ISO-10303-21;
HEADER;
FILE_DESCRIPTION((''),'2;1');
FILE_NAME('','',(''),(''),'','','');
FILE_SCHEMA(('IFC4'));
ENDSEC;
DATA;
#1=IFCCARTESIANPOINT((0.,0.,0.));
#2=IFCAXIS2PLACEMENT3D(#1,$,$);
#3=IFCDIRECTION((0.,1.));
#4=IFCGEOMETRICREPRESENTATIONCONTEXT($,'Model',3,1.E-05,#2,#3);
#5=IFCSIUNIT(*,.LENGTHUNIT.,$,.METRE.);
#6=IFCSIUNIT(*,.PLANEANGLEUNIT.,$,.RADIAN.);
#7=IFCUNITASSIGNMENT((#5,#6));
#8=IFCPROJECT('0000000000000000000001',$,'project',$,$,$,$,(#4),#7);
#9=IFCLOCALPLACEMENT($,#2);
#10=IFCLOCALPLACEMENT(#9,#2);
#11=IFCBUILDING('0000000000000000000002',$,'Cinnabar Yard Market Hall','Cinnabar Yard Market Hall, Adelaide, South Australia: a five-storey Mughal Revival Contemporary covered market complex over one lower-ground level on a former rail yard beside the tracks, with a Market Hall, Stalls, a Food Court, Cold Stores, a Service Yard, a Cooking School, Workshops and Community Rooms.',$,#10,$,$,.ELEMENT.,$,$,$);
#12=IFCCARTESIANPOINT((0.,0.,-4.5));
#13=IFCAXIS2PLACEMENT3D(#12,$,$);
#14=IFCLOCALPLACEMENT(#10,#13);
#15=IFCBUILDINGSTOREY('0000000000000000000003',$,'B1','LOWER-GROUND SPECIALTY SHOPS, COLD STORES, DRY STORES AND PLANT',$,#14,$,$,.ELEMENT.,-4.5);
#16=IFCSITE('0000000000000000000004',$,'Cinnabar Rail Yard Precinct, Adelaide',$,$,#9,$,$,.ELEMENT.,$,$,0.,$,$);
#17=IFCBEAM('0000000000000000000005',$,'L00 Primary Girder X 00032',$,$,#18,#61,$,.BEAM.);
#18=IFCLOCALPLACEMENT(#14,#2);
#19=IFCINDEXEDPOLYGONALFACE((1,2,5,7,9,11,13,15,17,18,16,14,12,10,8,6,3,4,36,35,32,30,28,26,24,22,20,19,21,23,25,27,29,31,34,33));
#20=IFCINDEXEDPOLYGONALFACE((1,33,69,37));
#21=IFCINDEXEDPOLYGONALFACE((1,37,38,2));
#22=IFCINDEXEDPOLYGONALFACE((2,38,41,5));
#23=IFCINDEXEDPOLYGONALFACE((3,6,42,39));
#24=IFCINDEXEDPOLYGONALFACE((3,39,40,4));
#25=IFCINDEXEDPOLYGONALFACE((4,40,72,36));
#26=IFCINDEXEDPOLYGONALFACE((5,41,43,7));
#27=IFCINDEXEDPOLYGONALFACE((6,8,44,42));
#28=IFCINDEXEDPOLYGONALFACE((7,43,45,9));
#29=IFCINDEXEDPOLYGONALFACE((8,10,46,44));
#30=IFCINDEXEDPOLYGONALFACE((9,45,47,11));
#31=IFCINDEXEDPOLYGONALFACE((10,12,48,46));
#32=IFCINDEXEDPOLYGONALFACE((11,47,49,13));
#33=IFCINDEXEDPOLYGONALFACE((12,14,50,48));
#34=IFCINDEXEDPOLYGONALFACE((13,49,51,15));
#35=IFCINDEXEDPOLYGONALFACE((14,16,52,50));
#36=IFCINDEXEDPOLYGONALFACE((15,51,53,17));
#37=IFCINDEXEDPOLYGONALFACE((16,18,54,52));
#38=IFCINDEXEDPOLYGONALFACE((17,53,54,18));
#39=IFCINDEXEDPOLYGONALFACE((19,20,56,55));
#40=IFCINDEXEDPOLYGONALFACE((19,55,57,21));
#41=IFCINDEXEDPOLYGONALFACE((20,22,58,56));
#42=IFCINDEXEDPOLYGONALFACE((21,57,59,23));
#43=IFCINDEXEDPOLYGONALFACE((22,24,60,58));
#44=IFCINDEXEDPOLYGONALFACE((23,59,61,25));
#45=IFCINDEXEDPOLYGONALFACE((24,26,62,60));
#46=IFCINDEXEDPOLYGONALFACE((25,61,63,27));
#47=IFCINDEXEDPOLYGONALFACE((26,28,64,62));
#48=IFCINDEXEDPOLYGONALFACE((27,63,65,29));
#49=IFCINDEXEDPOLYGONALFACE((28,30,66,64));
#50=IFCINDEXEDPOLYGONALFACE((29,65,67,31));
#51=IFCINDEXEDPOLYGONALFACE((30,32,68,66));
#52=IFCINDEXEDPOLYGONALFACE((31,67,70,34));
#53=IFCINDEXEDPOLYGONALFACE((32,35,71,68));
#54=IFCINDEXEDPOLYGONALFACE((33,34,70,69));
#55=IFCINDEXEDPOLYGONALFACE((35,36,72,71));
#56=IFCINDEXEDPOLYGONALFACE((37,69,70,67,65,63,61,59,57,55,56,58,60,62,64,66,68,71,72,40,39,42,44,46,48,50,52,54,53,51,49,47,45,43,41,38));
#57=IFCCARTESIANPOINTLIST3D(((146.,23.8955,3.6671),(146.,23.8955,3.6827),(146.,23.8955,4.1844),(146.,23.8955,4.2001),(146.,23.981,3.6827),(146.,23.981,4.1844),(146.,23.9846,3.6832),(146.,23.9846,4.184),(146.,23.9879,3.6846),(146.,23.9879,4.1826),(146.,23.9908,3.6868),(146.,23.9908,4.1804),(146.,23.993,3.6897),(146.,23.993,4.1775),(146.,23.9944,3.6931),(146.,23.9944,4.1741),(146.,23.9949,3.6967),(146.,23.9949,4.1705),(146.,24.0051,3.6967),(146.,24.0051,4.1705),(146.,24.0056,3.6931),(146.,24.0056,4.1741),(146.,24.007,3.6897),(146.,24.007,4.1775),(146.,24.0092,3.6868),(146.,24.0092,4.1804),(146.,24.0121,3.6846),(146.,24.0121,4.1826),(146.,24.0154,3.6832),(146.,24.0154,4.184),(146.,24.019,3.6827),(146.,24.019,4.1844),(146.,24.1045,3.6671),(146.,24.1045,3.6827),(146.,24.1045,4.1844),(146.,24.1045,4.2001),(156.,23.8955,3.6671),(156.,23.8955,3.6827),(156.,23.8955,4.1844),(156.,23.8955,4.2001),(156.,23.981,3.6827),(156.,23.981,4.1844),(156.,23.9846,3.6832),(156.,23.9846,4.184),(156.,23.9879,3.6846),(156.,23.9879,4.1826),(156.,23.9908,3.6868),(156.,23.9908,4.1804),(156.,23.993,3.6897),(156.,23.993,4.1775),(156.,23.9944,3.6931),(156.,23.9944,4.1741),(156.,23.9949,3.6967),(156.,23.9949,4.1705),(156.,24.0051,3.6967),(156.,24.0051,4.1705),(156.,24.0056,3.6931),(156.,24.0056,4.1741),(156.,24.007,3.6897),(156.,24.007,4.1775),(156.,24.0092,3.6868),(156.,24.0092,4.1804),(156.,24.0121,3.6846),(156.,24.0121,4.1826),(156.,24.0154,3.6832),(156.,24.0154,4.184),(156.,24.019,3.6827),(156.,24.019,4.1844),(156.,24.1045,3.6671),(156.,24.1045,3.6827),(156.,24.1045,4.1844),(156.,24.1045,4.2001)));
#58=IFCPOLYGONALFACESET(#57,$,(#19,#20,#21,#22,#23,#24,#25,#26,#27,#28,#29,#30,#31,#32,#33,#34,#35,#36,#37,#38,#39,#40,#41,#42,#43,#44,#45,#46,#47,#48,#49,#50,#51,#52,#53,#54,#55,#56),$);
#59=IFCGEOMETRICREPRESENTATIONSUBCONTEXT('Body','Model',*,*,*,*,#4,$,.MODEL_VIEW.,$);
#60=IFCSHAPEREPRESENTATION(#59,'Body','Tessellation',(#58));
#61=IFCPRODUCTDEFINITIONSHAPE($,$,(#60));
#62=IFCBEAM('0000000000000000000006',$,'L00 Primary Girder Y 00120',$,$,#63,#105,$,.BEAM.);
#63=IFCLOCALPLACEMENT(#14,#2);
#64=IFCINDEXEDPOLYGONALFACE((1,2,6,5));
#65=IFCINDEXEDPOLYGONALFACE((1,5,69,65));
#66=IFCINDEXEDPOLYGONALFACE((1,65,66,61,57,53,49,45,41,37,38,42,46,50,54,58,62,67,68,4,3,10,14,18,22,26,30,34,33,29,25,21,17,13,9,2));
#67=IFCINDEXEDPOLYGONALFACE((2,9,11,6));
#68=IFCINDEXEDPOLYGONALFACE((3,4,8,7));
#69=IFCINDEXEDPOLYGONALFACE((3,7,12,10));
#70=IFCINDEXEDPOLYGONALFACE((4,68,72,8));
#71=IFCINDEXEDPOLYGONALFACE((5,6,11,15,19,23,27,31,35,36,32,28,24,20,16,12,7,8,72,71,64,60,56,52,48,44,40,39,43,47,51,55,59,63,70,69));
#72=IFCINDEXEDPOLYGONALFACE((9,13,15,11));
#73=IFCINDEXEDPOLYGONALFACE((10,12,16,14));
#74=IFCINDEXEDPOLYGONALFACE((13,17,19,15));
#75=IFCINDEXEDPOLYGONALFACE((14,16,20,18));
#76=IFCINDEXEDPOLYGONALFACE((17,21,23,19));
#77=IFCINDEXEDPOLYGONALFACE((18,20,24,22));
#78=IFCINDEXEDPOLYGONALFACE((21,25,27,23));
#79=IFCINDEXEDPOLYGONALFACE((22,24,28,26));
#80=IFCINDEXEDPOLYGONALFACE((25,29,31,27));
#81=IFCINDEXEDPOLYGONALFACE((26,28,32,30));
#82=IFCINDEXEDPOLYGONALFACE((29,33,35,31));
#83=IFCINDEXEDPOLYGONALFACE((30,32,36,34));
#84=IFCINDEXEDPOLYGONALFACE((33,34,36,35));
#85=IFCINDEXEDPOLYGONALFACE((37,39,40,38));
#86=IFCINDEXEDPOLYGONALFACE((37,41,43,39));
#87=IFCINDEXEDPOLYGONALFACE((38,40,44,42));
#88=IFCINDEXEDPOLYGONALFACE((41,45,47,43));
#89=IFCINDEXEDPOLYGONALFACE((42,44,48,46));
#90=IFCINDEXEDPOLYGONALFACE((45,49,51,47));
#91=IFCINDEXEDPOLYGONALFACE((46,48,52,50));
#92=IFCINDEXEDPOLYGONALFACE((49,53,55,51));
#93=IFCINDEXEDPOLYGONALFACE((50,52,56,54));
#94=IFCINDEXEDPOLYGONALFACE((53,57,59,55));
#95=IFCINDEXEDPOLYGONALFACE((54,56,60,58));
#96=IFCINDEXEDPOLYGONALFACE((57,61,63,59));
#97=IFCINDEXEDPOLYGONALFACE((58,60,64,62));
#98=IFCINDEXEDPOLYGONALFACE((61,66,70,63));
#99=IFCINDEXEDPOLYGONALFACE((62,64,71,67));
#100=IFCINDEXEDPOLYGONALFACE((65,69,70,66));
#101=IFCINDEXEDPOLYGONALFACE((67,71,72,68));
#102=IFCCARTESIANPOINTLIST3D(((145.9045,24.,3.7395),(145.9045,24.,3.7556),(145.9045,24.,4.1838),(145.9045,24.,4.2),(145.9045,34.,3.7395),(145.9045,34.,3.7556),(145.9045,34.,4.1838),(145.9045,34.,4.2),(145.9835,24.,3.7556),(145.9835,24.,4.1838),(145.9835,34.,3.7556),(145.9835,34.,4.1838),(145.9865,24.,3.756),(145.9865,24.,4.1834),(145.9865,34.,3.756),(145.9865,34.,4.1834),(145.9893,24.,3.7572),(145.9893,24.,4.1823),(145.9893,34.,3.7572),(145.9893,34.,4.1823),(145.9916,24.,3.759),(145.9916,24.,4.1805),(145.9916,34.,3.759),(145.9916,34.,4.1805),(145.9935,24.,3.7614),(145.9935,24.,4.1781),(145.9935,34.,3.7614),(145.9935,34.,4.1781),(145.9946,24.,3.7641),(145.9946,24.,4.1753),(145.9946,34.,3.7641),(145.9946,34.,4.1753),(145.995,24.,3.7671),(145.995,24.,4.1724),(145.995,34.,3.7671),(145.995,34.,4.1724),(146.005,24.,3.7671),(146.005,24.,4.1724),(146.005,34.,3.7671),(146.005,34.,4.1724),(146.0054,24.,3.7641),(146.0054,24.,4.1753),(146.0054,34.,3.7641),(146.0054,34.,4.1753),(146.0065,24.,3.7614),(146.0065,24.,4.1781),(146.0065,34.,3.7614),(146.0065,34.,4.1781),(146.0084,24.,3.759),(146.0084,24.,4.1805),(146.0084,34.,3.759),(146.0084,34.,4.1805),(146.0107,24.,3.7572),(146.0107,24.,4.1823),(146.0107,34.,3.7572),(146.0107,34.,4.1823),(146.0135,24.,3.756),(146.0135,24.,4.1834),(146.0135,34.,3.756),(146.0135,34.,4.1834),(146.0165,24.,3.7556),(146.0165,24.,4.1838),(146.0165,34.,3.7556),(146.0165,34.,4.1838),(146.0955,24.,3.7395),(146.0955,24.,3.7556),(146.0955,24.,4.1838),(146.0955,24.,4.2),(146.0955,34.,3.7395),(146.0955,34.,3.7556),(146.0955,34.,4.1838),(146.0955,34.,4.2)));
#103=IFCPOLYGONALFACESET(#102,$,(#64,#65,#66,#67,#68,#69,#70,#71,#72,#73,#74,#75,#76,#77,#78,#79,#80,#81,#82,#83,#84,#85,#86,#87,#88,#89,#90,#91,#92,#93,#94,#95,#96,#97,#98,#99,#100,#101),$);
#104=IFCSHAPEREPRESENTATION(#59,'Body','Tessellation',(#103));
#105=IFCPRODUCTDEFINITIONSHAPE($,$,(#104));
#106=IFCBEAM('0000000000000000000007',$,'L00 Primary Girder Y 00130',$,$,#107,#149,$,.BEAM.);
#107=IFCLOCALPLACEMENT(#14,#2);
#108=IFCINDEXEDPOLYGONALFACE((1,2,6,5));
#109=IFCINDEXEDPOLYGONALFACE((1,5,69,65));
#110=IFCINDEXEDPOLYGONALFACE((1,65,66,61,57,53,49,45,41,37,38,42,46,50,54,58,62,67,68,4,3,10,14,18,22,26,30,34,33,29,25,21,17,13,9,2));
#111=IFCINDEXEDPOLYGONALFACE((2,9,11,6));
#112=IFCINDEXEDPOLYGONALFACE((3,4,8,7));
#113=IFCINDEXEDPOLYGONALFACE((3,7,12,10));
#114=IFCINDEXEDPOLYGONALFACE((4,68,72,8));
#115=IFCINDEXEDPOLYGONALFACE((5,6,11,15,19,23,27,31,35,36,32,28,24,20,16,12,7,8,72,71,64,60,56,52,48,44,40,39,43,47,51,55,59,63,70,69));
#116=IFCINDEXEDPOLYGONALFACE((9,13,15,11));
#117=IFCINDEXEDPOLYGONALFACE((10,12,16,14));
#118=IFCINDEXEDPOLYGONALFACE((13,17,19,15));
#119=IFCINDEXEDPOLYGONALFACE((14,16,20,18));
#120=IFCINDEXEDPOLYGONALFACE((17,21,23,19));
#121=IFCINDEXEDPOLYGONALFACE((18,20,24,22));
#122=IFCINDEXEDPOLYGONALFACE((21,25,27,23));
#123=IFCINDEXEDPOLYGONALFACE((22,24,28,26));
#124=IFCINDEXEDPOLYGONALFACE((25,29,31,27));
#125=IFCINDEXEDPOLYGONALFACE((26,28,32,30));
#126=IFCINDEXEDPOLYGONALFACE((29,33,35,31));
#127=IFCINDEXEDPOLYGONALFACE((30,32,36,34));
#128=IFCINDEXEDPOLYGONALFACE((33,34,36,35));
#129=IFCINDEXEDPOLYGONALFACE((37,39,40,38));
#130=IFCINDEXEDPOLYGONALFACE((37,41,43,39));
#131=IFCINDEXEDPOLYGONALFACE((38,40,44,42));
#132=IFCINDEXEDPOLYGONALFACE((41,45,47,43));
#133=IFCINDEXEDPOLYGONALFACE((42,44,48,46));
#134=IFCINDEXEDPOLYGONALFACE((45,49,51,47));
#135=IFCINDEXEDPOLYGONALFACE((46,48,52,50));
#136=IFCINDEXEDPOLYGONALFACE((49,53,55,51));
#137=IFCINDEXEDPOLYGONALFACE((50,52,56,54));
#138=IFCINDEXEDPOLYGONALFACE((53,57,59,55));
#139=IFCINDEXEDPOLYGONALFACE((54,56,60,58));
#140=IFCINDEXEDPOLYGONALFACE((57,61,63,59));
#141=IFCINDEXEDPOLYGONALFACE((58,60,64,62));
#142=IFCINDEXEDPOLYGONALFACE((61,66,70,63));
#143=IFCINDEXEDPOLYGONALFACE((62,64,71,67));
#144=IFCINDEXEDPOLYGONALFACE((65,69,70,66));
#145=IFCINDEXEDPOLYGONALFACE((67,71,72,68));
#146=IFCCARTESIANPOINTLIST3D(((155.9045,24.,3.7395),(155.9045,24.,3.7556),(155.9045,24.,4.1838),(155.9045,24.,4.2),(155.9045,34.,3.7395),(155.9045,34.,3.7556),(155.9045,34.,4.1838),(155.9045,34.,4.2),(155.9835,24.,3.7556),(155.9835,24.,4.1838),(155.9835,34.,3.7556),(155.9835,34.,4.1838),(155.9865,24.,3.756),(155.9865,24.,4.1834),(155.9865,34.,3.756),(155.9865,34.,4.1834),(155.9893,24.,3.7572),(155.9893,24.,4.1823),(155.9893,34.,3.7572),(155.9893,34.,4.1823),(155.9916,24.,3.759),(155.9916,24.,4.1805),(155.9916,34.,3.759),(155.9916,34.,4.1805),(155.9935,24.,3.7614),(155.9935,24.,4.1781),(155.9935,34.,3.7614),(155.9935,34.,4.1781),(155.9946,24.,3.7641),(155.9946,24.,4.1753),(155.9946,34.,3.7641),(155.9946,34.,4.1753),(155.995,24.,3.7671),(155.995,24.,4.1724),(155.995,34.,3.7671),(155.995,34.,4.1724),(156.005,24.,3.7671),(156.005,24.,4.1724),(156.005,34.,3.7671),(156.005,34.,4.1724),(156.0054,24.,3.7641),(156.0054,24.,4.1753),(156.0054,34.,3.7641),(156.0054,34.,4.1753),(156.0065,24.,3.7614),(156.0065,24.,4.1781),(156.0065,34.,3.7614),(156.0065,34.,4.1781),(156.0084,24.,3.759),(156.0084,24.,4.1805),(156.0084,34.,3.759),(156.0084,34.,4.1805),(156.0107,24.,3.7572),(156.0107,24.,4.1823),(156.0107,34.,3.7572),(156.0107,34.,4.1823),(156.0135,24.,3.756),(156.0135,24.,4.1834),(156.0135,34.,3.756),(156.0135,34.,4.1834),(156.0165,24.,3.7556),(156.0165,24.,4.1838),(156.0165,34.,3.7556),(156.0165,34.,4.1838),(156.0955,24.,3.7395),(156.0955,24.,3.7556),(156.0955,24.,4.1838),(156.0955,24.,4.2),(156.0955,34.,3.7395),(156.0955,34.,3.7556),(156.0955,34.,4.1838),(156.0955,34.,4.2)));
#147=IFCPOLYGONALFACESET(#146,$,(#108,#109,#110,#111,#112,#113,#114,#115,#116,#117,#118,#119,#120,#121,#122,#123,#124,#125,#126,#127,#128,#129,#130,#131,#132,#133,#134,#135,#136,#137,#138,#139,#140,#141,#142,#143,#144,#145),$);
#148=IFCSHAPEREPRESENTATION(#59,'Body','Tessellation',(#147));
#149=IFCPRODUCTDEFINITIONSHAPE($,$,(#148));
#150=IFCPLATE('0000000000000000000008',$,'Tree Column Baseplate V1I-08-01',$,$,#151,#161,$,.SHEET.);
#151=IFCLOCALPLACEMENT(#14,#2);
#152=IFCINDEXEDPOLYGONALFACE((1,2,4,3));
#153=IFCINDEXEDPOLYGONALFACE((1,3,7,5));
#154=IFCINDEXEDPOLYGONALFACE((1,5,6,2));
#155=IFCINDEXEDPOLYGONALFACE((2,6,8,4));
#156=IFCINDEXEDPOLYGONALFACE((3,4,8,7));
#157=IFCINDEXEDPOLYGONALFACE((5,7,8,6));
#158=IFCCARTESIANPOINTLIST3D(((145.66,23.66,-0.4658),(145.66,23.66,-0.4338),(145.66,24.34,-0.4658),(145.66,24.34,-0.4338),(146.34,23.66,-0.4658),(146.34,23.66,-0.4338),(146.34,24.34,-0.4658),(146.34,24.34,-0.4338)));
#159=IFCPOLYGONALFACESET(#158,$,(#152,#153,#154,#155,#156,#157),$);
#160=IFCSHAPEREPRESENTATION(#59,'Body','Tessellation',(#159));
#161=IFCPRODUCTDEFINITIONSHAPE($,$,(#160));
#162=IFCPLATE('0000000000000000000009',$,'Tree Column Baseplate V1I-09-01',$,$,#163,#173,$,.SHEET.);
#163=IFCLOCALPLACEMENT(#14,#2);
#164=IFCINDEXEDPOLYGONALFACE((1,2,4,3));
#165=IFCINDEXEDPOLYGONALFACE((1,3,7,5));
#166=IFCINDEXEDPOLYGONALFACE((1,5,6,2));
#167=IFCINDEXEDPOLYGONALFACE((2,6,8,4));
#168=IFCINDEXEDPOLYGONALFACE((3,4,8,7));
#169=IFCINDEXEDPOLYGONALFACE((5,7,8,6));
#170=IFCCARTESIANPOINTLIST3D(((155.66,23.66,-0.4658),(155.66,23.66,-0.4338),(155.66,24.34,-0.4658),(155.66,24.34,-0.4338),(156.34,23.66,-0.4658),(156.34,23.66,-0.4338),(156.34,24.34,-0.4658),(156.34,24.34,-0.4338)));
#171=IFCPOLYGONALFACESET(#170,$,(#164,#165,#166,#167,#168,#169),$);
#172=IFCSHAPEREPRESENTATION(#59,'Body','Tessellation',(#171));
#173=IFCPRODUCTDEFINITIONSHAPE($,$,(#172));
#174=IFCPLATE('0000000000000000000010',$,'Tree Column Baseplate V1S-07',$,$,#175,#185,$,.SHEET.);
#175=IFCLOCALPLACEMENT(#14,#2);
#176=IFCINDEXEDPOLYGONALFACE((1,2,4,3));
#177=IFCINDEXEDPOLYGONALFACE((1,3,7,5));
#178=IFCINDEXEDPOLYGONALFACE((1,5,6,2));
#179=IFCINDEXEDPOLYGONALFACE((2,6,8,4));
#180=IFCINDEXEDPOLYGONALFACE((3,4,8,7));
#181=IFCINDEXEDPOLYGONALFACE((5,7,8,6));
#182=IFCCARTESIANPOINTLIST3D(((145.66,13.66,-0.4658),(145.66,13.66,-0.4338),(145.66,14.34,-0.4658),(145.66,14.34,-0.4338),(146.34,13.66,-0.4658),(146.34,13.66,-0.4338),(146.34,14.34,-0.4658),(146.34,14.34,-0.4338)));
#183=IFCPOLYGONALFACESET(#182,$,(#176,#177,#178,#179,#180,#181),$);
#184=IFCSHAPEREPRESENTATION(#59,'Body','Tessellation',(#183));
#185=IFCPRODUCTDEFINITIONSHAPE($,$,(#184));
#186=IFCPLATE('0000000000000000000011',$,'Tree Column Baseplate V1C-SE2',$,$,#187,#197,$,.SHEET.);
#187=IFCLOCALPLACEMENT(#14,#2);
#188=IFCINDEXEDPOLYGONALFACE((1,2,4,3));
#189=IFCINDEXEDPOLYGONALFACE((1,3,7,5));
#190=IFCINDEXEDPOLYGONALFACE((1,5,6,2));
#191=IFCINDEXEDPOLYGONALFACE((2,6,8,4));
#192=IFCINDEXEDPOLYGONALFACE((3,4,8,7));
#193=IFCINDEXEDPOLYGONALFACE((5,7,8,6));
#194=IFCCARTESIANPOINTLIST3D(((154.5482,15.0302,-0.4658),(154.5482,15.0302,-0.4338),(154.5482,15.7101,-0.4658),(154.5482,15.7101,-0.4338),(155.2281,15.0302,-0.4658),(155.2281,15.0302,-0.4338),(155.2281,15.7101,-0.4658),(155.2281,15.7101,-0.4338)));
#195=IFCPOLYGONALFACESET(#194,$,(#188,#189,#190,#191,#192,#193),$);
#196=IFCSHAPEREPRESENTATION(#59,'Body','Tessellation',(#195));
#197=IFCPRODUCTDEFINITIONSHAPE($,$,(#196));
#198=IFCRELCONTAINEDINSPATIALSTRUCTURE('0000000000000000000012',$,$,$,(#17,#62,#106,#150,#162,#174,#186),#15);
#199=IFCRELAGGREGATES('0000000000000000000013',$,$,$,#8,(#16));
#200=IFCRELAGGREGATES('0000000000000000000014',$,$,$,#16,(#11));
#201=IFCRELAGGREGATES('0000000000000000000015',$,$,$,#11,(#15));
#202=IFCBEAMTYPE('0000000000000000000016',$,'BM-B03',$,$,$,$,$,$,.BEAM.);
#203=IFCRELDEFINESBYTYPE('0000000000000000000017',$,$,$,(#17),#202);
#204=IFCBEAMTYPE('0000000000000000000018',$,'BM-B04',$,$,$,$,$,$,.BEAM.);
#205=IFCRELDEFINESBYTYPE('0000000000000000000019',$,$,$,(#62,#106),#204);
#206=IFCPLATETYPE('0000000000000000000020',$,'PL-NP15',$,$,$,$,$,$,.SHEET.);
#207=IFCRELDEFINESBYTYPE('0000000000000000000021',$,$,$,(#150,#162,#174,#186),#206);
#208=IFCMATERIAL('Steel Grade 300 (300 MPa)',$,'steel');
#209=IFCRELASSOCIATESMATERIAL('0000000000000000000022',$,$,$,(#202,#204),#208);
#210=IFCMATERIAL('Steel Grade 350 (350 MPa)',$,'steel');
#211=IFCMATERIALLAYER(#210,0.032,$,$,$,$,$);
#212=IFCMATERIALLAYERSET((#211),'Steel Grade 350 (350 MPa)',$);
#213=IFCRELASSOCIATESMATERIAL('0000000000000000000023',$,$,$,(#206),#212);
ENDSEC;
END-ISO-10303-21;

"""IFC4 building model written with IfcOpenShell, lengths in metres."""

from ifc_helpers import new_model, si_unit, direction, frame, origin, origin_2d_with_axis, place, context, subcontext, project, spatial, rectangle, i_section, extrude, material, layer, layer_set, material_profile, profile_set, type_object, element, save


model = new_model("IFC4")

# Units and contexts
model_context = context("Model", 3, precision=1e-05, world=origin(), true_north=direction((0.0, 1.0)))
body_context = subcontext(model_context, "Body", "Model", "MODEL_VIEW")
ifc_project = project(units=[si_unit("LENGTHUNIT", "METRE"), si_unit("PLANEANGLEUNIT", "RADIAN")], contexts=[model_context])

# Site, building, storey
site_placement = place(None, origin())
site = spatial("IfcSite", under=ifc_project, at=site_placement, Name="Cinnabar Rail Yard Precinct, Adelaide", CompositionType="ELEMENT", RefElevation=0.0)
building_placement = place(site_placement, origin())
building = spatial("IfcBuilding", under=site, at=building_placement, Name="Cinnabar Yard Market Hall", Description="Cinnabar Yard Market Hall, Adelaide, South Australia: a five-storey Mughal Revival Contemporary covered market complex over one lower-ground level on a former rail yard beside the tracks, with a Market Hall, Stalls, a Food Court, Cold Stores, a Service Yard, a Cooking School, Workshops and Community Rooms.", CompositionType="ELEMENT")
storey_placement = place(building_placement, frame((0.0, 0.0, -4.5)))
storey = spatial("IfcBuildingStorey", under=building, at=storey_placement, Name="B1", Description="LOWER-GROUND SPECIALTY SHOPS, COLD STORES, DRY STORES AND PLANT", CompositionType="ELEMENT", Elevation=-4.5)

# Beams
ifc_material_1 = material(Name="Steel Grade 300 (300 MPa)", Category="steel")
ifc_material_profile_1 = material_profile(ifc_material_1, i_section(OverallWidth=0.209, OverallDepth=0.533, WebThickness=0.0103, FlangeThickness=0.0156, FilletRadius=0.0139, at=origin_2d_with_axis()), Name="530UB92.4")
ifc_profile_set_1 = profile_set([ifc_material_profile_1], Name="Steel Grade 300 (300 MPa)")
beam_type_1 = type_object("IfcBeamType", Name="BM-B03", PredefinedType="BEAM", material=ifc_profile_set_1)
beam_placement = place(storey_placement, frame((146.0, 24.0, 3.9336), z_axis=(1.0, 0.0, 0.0), x_axis=(0.0, 1.0, 0.0)))
element("IfcBeam", 1, at=beam_placement, inside=storey, type_object=beam_type_1, Name="L00 Primary Girder X 00032", PredefinedType="BEAM", context=body_context, shape_type="SweptSolid", body=[
    extrude(i_section(OverallWidth=0.209, OverallDepth=0.533, WebThickness=0.0103, FlangeThickness=0.0156, FilletRadius=0.0139, at=origin_2d_with_axis()), origin(), (0.0, 0.0, 1.0), 10.0),
])
ifc_material_profile_2 = material_profile(ifc_material_1, i_section(OverallWidth=0.1909, OverallDepth=0.4604, WebThickness=0.01, FlangeThickness=0.0161, FilletRadius=0.0115, at=origin_2d_with_axis()), Name="460UB82.1")
ifc_profile_set_2 = profile_set([ifc_material_profile_2], Name="Steel Grade 300 (300 MPa)")
beam_type_2 = type_object("IfcBeamType", Name="BM-B04", PredefinedType="BEAM", material=ifc_profile_set_2)
for number, where, z_axis, x_axis, name in (
    (2, (146.0, 24.0, 3.9697), (0.0, 1.0, 0.0), (-1.0, 0.0, 0.0), "L00 Primary Girder Y 00120"),
    (3, (156.0, 24.0, 3.9697), (0.0, 1.0, 0.0), (-1.0, 0.0, 0.0), "L00 Primary Girder Y 00130"),
):
    element("IfcBeam", number, at=place(storey_placement, frame(where, z_axis=z_axis, x_axis=x_axis)), inside=storey, type_object=beam_type_2, Name=name, PredefinedType="BEAM", context=body_context, shape_type="SweptSolid", body=[
        extrude(i_section(OverallWidth=0.1909, OverallDepth=0.4604, WebThickness=0.01, FlangeThickness=0.0161, FilletRadius=0.0115, at=origin_2d_with_axis()), origin(), (0.0, 0.0, 1.0), 10.0),
    ])

# Plates
ifc_material_2 = material(Name="Steel Grade 350 (350 MPa)", Category="steel")
ifc_layer_1 = layer(ifc_material_2, 0.032)
ifc_layer_set_1 = layer_set([ifc_layer_1], Name="Steel Grade 350 (350 MPa)")
plate_type = type_object("IfcPlateType", Name="PL-NP15", PredefinedType="SHEET", material=ifc_layer_set_1)
for number, where, z_axis, x_axis, name in (
    (4, (146.0, 24.0, -0.4658), (0.0, 0.0, 1.0), (1.0, 0.0, 0.0), "Tree Column Baseplate V1I-08-01"),
    (5, (156.0, 24.0, -0.4658), (0.0, 0.0, 1.0), (1.0, 0.0, 0.0), "Tree Column Baseplate V1I-09-01"),
    (6, (146.0, 14.0, -0.4658), (0.0, 0.0, 1.0), (1.0, 0.0, 0.0), "Tree Column Baseplate V1S-07"),
    (7, (154.8882, 15.3701, -0.4658), (0.0, 0.0, 1.0), (1.0, 0.0, 0.0), "Tree Column Baseplate V1C-SE2"),
):
    element("IfcPlate", number, at=place(storey_placement, frame(where, z_axis=z_axis, x_axis=x_axis)), inside=storey, type_object=plate_type, Name=name, PredefinedType="SHEET", context=body_context, shape_type="SweptSolid", body=[
        extrude(rectangle(XDim=0.6799, YDim=0.6799, at=origin_2d_with_axis()), origin(), (0.0, 0.0, 1.0), 0.032),
    ])

save(model, "model.ifc")
